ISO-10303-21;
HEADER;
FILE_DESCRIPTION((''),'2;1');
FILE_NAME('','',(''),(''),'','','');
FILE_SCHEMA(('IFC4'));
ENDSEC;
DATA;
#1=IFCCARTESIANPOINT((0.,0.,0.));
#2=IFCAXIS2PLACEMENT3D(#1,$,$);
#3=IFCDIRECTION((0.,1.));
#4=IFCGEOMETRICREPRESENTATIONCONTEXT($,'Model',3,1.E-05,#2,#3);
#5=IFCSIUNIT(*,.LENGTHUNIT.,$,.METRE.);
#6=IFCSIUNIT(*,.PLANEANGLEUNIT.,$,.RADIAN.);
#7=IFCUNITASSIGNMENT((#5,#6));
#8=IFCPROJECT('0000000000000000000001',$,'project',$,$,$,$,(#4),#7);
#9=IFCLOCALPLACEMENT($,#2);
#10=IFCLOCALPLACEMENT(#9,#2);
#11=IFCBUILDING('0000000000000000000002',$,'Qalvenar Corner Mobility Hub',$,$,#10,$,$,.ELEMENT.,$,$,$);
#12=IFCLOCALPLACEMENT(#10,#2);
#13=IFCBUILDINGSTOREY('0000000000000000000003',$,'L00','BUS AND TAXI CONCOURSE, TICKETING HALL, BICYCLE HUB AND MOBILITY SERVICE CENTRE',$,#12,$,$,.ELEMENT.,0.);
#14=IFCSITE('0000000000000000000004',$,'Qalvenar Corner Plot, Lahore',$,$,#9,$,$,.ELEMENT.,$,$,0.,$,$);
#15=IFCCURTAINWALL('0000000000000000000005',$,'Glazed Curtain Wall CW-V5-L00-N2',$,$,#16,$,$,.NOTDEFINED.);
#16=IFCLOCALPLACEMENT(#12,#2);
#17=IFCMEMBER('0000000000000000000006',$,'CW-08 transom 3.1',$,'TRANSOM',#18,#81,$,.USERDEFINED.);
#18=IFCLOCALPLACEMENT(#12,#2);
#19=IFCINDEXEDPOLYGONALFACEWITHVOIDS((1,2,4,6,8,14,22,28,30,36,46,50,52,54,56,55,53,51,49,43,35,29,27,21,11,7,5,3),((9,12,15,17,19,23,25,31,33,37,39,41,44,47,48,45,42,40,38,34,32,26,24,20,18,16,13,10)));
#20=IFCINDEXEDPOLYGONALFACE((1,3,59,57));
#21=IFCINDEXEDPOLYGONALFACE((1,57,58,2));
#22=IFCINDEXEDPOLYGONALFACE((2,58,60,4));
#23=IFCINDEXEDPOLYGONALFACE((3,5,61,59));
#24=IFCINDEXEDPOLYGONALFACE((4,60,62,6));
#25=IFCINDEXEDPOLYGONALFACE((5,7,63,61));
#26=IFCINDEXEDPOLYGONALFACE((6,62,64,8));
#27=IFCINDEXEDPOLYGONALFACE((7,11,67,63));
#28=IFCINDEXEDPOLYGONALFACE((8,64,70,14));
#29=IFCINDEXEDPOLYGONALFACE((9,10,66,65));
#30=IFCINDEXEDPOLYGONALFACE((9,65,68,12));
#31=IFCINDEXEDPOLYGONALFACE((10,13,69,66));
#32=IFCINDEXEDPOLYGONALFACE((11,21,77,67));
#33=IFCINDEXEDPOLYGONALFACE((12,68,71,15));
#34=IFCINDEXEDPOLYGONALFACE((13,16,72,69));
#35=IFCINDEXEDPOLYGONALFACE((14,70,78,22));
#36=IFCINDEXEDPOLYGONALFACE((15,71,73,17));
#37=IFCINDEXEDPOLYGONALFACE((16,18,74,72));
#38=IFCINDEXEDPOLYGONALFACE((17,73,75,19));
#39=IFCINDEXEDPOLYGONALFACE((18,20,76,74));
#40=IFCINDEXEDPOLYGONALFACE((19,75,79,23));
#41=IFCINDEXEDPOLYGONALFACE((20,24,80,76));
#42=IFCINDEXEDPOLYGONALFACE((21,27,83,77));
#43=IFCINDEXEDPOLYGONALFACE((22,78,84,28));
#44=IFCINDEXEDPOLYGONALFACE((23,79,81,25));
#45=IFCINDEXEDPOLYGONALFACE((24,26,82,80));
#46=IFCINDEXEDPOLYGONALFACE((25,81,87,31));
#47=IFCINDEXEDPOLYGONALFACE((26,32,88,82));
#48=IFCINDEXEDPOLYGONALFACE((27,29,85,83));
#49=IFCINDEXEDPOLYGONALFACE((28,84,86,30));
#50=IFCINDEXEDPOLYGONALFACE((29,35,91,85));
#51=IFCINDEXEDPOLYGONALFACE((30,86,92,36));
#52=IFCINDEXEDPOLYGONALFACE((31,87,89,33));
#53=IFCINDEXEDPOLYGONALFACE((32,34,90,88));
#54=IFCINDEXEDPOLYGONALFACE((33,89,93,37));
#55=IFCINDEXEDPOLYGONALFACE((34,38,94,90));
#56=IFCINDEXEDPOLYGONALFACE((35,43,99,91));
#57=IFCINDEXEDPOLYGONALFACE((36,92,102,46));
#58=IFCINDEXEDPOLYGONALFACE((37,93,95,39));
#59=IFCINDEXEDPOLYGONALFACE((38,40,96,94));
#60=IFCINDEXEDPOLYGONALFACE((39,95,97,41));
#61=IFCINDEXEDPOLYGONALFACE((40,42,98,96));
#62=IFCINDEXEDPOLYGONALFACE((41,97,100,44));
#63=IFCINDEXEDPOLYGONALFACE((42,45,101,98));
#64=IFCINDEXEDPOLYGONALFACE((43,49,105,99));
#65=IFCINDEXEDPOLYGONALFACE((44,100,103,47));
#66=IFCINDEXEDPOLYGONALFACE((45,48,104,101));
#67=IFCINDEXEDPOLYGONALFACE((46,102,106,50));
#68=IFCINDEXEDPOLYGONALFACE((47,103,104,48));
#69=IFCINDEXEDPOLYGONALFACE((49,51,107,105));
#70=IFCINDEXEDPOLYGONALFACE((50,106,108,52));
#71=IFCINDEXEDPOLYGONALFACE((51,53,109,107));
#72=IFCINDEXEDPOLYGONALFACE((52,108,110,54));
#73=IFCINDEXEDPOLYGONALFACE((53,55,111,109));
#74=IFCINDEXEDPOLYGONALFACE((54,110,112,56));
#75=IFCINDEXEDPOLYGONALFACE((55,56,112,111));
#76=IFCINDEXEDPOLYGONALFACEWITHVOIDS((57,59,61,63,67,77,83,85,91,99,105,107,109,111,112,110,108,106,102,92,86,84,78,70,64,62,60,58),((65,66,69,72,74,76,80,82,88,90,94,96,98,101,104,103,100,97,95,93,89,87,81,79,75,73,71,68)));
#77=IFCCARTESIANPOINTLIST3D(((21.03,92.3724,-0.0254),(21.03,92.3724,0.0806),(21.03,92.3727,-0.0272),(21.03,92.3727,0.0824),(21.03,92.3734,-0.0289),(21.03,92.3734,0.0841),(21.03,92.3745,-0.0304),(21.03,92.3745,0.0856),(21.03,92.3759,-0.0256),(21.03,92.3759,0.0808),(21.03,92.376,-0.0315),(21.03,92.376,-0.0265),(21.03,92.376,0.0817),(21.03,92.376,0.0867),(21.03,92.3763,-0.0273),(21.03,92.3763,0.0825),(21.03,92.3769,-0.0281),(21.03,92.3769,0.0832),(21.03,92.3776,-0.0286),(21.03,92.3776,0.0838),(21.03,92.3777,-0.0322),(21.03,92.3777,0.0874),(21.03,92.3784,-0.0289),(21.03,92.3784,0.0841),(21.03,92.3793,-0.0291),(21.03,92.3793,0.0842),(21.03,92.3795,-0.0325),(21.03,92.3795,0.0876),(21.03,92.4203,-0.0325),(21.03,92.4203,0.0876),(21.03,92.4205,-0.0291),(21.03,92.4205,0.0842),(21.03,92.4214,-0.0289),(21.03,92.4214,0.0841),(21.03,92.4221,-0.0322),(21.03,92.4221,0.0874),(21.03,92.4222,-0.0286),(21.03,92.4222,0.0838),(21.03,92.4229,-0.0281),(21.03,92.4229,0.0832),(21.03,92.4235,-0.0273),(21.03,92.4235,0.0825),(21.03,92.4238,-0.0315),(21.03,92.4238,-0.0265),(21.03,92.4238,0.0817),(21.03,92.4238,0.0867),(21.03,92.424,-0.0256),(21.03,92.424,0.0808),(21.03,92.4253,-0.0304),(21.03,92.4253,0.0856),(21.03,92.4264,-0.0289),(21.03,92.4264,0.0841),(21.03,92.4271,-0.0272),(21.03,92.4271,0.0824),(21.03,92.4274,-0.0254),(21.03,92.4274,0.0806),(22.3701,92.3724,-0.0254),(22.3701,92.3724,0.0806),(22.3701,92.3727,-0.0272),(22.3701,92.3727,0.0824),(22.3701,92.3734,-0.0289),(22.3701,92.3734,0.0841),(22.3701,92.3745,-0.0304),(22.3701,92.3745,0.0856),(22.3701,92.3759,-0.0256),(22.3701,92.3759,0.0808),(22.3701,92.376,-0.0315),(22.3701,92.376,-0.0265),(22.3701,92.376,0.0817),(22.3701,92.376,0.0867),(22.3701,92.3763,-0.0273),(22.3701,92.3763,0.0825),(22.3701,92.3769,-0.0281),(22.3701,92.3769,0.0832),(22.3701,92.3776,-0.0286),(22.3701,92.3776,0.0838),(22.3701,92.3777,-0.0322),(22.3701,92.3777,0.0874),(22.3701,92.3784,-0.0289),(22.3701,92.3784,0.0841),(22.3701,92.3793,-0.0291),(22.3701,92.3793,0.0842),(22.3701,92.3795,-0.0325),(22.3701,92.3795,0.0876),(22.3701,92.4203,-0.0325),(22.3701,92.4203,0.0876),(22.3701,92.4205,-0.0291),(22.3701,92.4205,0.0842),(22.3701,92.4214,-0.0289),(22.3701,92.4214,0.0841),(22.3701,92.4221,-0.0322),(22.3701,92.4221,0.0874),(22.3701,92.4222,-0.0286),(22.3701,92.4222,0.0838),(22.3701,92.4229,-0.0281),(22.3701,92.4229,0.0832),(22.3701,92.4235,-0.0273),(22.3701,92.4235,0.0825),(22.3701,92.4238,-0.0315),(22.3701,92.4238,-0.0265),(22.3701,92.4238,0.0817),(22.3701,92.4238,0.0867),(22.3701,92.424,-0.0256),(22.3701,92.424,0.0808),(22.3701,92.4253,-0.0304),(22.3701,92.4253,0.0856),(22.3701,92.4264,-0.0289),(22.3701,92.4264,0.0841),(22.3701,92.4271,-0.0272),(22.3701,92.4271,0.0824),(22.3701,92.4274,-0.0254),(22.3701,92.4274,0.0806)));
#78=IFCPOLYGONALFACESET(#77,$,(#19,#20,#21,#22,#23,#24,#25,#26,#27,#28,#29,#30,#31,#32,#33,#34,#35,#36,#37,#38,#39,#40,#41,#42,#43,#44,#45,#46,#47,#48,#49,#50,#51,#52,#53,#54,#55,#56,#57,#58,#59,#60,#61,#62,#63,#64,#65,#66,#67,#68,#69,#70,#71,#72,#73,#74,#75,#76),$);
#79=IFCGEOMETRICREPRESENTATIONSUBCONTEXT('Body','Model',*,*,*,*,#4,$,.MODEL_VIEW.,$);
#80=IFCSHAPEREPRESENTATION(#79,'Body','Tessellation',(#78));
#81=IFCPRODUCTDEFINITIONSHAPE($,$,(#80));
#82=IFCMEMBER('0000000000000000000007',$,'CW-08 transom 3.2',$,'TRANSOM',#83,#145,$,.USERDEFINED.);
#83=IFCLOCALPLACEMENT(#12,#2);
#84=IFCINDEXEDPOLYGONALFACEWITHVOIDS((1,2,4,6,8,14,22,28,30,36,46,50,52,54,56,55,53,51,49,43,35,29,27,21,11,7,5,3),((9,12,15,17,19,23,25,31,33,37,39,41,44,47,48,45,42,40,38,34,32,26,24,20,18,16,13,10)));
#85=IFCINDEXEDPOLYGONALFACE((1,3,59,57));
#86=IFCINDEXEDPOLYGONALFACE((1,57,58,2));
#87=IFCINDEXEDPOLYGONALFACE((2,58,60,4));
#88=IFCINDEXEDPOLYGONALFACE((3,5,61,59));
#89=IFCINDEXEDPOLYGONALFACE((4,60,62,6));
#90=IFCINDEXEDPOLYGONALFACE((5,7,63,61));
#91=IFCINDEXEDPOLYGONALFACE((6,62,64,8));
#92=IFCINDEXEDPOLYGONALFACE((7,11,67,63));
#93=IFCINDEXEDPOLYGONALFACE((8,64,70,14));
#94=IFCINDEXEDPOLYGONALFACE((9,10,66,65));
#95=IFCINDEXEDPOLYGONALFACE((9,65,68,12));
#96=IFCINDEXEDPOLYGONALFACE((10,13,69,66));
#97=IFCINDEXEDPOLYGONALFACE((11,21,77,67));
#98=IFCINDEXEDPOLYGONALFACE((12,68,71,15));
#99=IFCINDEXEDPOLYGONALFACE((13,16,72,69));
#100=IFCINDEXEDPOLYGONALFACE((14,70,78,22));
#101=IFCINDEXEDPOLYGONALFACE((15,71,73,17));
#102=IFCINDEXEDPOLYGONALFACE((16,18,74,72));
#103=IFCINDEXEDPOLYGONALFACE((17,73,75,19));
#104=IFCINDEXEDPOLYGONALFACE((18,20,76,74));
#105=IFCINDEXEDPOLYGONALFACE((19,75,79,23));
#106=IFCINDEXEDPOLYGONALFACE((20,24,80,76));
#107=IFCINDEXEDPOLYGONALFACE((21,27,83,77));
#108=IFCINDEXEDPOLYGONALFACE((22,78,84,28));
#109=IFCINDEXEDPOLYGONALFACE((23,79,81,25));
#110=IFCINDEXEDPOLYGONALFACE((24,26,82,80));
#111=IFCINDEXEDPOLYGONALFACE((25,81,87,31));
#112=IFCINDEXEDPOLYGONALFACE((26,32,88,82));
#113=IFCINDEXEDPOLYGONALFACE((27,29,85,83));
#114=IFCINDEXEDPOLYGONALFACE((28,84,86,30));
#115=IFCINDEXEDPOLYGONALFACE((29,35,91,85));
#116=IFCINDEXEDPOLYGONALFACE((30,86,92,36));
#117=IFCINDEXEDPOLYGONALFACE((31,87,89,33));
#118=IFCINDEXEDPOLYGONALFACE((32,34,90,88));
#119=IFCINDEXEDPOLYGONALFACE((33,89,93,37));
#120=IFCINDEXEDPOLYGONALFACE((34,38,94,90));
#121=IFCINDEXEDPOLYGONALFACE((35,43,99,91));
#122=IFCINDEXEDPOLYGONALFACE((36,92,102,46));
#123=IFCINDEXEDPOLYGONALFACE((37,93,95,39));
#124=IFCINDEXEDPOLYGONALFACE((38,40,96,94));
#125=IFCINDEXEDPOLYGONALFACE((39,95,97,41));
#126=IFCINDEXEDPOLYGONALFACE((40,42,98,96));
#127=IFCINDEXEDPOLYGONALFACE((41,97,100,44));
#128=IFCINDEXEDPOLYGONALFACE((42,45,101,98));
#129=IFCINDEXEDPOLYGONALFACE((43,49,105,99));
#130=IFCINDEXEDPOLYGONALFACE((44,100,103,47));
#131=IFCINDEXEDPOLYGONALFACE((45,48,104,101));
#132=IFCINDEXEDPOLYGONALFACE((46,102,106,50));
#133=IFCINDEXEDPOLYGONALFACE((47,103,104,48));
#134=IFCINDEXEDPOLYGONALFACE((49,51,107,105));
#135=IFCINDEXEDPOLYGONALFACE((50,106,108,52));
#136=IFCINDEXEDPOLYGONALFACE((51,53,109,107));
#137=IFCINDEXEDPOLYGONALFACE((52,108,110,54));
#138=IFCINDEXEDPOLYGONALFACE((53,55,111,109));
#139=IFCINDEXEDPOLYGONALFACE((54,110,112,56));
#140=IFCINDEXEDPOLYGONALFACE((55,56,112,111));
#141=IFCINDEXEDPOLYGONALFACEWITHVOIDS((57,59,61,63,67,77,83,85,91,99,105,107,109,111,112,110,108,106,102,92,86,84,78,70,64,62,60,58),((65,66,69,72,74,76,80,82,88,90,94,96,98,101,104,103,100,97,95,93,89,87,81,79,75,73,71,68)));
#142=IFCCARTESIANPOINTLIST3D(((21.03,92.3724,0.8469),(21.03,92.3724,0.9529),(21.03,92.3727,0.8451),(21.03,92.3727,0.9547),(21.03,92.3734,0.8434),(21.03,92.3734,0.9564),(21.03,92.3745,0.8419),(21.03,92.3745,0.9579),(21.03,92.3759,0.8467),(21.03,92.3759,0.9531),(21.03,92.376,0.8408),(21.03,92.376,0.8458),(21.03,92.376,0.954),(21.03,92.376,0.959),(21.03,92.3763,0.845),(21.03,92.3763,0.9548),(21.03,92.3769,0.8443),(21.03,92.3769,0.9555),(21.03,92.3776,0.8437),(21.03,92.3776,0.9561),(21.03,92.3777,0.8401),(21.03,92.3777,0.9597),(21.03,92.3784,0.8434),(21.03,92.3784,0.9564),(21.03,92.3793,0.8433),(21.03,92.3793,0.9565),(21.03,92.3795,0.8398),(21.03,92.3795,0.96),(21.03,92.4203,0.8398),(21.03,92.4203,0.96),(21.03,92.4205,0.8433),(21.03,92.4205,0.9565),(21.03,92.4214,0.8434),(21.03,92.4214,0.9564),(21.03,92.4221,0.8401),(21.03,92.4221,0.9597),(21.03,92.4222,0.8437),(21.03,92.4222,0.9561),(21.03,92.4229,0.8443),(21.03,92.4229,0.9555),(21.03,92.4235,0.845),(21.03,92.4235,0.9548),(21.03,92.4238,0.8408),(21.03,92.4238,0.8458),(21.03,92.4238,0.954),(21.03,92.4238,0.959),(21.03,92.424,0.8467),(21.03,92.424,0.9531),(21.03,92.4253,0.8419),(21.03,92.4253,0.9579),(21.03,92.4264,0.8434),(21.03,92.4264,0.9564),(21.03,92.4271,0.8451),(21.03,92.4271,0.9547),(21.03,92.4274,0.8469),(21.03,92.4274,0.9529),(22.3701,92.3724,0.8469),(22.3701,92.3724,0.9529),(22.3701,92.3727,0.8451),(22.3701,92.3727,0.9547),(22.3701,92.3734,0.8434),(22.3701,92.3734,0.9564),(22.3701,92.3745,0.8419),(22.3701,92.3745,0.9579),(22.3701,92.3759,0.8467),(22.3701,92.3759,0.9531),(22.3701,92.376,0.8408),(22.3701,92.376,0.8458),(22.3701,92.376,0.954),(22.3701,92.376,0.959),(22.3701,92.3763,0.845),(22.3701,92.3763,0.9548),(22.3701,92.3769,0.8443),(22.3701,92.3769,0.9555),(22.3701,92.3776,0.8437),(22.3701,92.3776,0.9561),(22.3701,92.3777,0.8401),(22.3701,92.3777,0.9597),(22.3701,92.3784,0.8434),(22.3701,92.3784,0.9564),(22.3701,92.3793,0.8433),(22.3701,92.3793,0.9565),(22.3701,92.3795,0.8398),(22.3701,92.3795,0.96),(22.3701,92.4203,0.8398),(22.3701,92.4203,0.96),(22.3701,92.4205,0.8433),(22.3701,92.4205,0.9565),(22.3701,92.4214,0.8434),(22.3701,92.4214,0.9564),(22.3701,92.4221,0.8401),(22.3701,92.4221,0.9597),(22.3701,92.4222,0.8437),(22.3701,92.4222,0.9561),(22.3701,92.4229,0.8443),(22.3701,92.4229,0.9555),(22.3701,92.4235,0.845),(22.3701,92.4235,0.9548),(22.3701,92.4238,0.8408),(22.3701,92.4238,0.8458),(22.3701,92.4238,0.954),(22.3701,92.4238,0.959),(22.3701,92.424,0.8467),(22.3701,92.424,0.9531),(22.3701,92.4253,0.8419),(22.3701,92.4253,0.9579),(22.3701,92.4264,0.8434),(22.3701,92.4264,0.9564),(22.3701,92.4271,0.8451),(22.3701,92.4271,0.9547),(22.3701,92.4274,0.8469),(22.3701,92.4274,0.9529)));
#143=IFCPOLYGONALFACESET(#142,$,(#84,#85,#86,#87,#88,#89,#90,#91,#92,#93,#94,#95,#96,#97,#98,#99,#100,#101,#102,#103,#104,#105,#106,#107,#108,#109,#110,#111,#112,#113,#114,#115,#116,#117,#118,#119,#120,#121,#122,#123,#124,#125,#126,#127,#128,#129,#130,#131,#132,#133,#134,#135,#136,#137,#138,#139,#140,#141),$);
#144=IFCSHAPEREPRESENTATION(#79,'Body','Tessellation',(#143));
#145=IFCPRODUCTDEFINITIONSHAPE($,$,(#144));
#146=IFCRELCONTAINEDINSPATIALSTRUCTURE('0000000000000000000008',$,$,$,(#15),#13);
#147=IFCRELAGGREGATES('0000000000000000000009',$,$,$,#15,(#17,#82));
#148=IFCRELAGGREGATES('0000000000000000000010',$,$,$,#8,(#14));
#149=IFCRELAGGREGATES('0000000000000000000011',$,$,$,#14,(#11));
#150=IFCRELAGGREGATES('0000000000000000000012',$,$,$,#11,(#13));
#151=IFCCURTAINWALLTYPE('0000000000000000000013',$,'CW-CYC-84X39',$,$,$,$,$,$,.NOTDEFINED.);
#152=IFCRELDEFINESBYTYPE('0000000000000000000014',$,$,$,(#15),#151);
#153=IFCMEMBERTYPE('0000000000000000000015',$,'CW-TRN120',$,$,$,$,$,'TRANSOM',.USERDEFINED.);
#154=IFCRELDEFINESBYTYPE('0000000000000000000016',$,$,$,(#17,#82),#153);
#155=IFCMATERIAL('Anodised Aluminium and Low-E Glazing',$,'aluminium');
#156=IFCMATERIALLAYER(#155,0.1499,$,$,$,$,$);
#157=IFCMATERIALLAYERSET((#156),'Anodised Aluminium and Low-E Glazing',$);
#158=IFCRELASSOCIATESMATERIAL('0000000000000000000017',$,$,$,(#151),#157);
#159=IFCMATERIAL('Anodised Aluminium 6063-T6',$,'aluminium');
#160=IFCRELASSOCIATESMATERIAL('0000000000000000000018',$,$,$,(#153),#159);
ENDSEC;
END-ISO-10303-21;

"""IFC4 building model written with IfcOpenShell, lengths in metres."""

from ifc_helpers import new_model, si_unit, direction, frame, origin, origin_2d, place, context, subcontext, project, spatial, hollow_rectangle, extrude, material, layer, layer_set, material_profile, profile_set, type_object, element, aggregate, save


model = new_model("IFC4")

# Units and contexts
model_context = context("Model", 3, precision=1e-05, world=origin(), true_north=direction((0.0, 1.0)))
body_context = subcontext(model_context, "Body", "Model", "MODEL_VIEW")
ifc_project = project(units=[si_unit("LENGTHUNIT", "METRE"), si_unit("PLANEANGLEUNIT", "RADIAN")], contexts=[model_context])

# Site, building, storey
site_placement = place(None, origin())
site = spatial("IfcSite", under=ifc_project, at=site_placement, Name="Qalvenar Corner Plot, Lahore", CompositionType="ELEMENT", RefElevation=0.0)
building_placement = place(site_placement, origin())
building = spatial("IfcBuilding", under=site, at=building_placement, Name="Qalvenar Corner Mobility Hub", CompositionType="ELEMENT")
storey_placement = place(building_placement, origin())
storey = spatial("IfcBuildingStorey", under=building, at=storey_placement, Name="L00", Description="BUS AND TAXI CONCOURSE, TICKETING HALL, BICYCLE HUB AND MOBILITY SERVICE CENTRE", CompositionType="ELEMENT", Elevation=0.0)

# Curtain wall, members
ifc_material_1 = material(Name="Anodised Aluminium and Low-E Glazing", Category="aluminium")
ifc_layer_1 = layer(ifc_material_1, 0.1499)
ifc_layer_set_1 = layer_set([ifc_layer_1], Name="Anodised Aluminium and Low-E Glazing")
curtain_wall_type = type_object("IfcCurtainWallType", Name="CW-CYC-84X39", PredefinedType="NOTDEFINED", material=ifc_layer_set_1)
curtain_wall_placement = place(storey_placement, origin())
curtain_wall = element("IfcCurtainWall", 1, at=curtain_wall_placement, inside=storey, type_object=curtain_wall_type, Name="Glazed Curtain Wall CW-V5-L00-N2", PredefinedType="NOTDEFINED")
ifc_material_2 = material(Name="Anodised Aluminium 6063-T6", Category="aluminium")
ifc_material_profile_1 = material_profile(ifc_material_2, hollow_rectangle(XDim=0.0549, YDim=0.1201, WallThickness=0.0034, InnerFilletRadius=0.0034, OuterFilletRadius=0.0071, at=origin_2d()), Name="RHS120x55x3.5")
ifc_profile_set_1 = profile_set([ifc_material_profile_1], Name="Anodised Aluminium 6063-T6")
member_type_1 = type_object("IfcMemberType", Name="CW-TRN120", ElementType="TRANSOM", PredefinedType="USERDEFINED", material=ifc_profile_set_1)
member_1_placement = place(storey_placement, frame((22.3701, 92.3999, 0.0276), z_axis=(-1.0, 0.0, 0.0), x_axis=(0.0, -1.0, 0.0)))
member_1 = element("IfcMember", 2, at=member_1_placement, type_object=member_type_1, Name="CW-08 transom 3.1", ObjectType="TRANSOM", PredefinedType="USERDEFINED", context=body_context, shape_type="SweptSolid", body=[
    extrude(hollow_rectangle(XDim=0.0549, YDim=0.1201, WallThickness=0.0034, InnerFilletRadius=0.0034, OuterFilletRadius=0.0071, at=origin_2d()), origin(), (0.0, 0.0, 1.0), 1.3401),
])
member_2_placement = place(storey_placement, frame((22.3701, 92.3999, 0.8999), z_axis=(-1.0, 0.0, 0.0), x_axis=(0.0, -1.0, 0.0)))
member_2 = element("IfcMember", 3, at=member_2_placement, type_object=member_type_1, Name="CW-08 transom 3.2", ObjectType="TRANSOM", PredefinedType="USERDEFINED", context=body_context, shape_type="SweptSolid", body=[
    extrude(hollow_rectangle(XDim=0.0549, YDim=0.1201, WallThickness=0.0034, InnerFilletRadius=0.0034, OuterFilletRadius=0.0071, at=origin_2d()), origin(), (0.0, 0.0, 1.0), 1.3401),
])
aggregate(curtain_wall, [member_1, member_2])

save(model, "model.ifc")
